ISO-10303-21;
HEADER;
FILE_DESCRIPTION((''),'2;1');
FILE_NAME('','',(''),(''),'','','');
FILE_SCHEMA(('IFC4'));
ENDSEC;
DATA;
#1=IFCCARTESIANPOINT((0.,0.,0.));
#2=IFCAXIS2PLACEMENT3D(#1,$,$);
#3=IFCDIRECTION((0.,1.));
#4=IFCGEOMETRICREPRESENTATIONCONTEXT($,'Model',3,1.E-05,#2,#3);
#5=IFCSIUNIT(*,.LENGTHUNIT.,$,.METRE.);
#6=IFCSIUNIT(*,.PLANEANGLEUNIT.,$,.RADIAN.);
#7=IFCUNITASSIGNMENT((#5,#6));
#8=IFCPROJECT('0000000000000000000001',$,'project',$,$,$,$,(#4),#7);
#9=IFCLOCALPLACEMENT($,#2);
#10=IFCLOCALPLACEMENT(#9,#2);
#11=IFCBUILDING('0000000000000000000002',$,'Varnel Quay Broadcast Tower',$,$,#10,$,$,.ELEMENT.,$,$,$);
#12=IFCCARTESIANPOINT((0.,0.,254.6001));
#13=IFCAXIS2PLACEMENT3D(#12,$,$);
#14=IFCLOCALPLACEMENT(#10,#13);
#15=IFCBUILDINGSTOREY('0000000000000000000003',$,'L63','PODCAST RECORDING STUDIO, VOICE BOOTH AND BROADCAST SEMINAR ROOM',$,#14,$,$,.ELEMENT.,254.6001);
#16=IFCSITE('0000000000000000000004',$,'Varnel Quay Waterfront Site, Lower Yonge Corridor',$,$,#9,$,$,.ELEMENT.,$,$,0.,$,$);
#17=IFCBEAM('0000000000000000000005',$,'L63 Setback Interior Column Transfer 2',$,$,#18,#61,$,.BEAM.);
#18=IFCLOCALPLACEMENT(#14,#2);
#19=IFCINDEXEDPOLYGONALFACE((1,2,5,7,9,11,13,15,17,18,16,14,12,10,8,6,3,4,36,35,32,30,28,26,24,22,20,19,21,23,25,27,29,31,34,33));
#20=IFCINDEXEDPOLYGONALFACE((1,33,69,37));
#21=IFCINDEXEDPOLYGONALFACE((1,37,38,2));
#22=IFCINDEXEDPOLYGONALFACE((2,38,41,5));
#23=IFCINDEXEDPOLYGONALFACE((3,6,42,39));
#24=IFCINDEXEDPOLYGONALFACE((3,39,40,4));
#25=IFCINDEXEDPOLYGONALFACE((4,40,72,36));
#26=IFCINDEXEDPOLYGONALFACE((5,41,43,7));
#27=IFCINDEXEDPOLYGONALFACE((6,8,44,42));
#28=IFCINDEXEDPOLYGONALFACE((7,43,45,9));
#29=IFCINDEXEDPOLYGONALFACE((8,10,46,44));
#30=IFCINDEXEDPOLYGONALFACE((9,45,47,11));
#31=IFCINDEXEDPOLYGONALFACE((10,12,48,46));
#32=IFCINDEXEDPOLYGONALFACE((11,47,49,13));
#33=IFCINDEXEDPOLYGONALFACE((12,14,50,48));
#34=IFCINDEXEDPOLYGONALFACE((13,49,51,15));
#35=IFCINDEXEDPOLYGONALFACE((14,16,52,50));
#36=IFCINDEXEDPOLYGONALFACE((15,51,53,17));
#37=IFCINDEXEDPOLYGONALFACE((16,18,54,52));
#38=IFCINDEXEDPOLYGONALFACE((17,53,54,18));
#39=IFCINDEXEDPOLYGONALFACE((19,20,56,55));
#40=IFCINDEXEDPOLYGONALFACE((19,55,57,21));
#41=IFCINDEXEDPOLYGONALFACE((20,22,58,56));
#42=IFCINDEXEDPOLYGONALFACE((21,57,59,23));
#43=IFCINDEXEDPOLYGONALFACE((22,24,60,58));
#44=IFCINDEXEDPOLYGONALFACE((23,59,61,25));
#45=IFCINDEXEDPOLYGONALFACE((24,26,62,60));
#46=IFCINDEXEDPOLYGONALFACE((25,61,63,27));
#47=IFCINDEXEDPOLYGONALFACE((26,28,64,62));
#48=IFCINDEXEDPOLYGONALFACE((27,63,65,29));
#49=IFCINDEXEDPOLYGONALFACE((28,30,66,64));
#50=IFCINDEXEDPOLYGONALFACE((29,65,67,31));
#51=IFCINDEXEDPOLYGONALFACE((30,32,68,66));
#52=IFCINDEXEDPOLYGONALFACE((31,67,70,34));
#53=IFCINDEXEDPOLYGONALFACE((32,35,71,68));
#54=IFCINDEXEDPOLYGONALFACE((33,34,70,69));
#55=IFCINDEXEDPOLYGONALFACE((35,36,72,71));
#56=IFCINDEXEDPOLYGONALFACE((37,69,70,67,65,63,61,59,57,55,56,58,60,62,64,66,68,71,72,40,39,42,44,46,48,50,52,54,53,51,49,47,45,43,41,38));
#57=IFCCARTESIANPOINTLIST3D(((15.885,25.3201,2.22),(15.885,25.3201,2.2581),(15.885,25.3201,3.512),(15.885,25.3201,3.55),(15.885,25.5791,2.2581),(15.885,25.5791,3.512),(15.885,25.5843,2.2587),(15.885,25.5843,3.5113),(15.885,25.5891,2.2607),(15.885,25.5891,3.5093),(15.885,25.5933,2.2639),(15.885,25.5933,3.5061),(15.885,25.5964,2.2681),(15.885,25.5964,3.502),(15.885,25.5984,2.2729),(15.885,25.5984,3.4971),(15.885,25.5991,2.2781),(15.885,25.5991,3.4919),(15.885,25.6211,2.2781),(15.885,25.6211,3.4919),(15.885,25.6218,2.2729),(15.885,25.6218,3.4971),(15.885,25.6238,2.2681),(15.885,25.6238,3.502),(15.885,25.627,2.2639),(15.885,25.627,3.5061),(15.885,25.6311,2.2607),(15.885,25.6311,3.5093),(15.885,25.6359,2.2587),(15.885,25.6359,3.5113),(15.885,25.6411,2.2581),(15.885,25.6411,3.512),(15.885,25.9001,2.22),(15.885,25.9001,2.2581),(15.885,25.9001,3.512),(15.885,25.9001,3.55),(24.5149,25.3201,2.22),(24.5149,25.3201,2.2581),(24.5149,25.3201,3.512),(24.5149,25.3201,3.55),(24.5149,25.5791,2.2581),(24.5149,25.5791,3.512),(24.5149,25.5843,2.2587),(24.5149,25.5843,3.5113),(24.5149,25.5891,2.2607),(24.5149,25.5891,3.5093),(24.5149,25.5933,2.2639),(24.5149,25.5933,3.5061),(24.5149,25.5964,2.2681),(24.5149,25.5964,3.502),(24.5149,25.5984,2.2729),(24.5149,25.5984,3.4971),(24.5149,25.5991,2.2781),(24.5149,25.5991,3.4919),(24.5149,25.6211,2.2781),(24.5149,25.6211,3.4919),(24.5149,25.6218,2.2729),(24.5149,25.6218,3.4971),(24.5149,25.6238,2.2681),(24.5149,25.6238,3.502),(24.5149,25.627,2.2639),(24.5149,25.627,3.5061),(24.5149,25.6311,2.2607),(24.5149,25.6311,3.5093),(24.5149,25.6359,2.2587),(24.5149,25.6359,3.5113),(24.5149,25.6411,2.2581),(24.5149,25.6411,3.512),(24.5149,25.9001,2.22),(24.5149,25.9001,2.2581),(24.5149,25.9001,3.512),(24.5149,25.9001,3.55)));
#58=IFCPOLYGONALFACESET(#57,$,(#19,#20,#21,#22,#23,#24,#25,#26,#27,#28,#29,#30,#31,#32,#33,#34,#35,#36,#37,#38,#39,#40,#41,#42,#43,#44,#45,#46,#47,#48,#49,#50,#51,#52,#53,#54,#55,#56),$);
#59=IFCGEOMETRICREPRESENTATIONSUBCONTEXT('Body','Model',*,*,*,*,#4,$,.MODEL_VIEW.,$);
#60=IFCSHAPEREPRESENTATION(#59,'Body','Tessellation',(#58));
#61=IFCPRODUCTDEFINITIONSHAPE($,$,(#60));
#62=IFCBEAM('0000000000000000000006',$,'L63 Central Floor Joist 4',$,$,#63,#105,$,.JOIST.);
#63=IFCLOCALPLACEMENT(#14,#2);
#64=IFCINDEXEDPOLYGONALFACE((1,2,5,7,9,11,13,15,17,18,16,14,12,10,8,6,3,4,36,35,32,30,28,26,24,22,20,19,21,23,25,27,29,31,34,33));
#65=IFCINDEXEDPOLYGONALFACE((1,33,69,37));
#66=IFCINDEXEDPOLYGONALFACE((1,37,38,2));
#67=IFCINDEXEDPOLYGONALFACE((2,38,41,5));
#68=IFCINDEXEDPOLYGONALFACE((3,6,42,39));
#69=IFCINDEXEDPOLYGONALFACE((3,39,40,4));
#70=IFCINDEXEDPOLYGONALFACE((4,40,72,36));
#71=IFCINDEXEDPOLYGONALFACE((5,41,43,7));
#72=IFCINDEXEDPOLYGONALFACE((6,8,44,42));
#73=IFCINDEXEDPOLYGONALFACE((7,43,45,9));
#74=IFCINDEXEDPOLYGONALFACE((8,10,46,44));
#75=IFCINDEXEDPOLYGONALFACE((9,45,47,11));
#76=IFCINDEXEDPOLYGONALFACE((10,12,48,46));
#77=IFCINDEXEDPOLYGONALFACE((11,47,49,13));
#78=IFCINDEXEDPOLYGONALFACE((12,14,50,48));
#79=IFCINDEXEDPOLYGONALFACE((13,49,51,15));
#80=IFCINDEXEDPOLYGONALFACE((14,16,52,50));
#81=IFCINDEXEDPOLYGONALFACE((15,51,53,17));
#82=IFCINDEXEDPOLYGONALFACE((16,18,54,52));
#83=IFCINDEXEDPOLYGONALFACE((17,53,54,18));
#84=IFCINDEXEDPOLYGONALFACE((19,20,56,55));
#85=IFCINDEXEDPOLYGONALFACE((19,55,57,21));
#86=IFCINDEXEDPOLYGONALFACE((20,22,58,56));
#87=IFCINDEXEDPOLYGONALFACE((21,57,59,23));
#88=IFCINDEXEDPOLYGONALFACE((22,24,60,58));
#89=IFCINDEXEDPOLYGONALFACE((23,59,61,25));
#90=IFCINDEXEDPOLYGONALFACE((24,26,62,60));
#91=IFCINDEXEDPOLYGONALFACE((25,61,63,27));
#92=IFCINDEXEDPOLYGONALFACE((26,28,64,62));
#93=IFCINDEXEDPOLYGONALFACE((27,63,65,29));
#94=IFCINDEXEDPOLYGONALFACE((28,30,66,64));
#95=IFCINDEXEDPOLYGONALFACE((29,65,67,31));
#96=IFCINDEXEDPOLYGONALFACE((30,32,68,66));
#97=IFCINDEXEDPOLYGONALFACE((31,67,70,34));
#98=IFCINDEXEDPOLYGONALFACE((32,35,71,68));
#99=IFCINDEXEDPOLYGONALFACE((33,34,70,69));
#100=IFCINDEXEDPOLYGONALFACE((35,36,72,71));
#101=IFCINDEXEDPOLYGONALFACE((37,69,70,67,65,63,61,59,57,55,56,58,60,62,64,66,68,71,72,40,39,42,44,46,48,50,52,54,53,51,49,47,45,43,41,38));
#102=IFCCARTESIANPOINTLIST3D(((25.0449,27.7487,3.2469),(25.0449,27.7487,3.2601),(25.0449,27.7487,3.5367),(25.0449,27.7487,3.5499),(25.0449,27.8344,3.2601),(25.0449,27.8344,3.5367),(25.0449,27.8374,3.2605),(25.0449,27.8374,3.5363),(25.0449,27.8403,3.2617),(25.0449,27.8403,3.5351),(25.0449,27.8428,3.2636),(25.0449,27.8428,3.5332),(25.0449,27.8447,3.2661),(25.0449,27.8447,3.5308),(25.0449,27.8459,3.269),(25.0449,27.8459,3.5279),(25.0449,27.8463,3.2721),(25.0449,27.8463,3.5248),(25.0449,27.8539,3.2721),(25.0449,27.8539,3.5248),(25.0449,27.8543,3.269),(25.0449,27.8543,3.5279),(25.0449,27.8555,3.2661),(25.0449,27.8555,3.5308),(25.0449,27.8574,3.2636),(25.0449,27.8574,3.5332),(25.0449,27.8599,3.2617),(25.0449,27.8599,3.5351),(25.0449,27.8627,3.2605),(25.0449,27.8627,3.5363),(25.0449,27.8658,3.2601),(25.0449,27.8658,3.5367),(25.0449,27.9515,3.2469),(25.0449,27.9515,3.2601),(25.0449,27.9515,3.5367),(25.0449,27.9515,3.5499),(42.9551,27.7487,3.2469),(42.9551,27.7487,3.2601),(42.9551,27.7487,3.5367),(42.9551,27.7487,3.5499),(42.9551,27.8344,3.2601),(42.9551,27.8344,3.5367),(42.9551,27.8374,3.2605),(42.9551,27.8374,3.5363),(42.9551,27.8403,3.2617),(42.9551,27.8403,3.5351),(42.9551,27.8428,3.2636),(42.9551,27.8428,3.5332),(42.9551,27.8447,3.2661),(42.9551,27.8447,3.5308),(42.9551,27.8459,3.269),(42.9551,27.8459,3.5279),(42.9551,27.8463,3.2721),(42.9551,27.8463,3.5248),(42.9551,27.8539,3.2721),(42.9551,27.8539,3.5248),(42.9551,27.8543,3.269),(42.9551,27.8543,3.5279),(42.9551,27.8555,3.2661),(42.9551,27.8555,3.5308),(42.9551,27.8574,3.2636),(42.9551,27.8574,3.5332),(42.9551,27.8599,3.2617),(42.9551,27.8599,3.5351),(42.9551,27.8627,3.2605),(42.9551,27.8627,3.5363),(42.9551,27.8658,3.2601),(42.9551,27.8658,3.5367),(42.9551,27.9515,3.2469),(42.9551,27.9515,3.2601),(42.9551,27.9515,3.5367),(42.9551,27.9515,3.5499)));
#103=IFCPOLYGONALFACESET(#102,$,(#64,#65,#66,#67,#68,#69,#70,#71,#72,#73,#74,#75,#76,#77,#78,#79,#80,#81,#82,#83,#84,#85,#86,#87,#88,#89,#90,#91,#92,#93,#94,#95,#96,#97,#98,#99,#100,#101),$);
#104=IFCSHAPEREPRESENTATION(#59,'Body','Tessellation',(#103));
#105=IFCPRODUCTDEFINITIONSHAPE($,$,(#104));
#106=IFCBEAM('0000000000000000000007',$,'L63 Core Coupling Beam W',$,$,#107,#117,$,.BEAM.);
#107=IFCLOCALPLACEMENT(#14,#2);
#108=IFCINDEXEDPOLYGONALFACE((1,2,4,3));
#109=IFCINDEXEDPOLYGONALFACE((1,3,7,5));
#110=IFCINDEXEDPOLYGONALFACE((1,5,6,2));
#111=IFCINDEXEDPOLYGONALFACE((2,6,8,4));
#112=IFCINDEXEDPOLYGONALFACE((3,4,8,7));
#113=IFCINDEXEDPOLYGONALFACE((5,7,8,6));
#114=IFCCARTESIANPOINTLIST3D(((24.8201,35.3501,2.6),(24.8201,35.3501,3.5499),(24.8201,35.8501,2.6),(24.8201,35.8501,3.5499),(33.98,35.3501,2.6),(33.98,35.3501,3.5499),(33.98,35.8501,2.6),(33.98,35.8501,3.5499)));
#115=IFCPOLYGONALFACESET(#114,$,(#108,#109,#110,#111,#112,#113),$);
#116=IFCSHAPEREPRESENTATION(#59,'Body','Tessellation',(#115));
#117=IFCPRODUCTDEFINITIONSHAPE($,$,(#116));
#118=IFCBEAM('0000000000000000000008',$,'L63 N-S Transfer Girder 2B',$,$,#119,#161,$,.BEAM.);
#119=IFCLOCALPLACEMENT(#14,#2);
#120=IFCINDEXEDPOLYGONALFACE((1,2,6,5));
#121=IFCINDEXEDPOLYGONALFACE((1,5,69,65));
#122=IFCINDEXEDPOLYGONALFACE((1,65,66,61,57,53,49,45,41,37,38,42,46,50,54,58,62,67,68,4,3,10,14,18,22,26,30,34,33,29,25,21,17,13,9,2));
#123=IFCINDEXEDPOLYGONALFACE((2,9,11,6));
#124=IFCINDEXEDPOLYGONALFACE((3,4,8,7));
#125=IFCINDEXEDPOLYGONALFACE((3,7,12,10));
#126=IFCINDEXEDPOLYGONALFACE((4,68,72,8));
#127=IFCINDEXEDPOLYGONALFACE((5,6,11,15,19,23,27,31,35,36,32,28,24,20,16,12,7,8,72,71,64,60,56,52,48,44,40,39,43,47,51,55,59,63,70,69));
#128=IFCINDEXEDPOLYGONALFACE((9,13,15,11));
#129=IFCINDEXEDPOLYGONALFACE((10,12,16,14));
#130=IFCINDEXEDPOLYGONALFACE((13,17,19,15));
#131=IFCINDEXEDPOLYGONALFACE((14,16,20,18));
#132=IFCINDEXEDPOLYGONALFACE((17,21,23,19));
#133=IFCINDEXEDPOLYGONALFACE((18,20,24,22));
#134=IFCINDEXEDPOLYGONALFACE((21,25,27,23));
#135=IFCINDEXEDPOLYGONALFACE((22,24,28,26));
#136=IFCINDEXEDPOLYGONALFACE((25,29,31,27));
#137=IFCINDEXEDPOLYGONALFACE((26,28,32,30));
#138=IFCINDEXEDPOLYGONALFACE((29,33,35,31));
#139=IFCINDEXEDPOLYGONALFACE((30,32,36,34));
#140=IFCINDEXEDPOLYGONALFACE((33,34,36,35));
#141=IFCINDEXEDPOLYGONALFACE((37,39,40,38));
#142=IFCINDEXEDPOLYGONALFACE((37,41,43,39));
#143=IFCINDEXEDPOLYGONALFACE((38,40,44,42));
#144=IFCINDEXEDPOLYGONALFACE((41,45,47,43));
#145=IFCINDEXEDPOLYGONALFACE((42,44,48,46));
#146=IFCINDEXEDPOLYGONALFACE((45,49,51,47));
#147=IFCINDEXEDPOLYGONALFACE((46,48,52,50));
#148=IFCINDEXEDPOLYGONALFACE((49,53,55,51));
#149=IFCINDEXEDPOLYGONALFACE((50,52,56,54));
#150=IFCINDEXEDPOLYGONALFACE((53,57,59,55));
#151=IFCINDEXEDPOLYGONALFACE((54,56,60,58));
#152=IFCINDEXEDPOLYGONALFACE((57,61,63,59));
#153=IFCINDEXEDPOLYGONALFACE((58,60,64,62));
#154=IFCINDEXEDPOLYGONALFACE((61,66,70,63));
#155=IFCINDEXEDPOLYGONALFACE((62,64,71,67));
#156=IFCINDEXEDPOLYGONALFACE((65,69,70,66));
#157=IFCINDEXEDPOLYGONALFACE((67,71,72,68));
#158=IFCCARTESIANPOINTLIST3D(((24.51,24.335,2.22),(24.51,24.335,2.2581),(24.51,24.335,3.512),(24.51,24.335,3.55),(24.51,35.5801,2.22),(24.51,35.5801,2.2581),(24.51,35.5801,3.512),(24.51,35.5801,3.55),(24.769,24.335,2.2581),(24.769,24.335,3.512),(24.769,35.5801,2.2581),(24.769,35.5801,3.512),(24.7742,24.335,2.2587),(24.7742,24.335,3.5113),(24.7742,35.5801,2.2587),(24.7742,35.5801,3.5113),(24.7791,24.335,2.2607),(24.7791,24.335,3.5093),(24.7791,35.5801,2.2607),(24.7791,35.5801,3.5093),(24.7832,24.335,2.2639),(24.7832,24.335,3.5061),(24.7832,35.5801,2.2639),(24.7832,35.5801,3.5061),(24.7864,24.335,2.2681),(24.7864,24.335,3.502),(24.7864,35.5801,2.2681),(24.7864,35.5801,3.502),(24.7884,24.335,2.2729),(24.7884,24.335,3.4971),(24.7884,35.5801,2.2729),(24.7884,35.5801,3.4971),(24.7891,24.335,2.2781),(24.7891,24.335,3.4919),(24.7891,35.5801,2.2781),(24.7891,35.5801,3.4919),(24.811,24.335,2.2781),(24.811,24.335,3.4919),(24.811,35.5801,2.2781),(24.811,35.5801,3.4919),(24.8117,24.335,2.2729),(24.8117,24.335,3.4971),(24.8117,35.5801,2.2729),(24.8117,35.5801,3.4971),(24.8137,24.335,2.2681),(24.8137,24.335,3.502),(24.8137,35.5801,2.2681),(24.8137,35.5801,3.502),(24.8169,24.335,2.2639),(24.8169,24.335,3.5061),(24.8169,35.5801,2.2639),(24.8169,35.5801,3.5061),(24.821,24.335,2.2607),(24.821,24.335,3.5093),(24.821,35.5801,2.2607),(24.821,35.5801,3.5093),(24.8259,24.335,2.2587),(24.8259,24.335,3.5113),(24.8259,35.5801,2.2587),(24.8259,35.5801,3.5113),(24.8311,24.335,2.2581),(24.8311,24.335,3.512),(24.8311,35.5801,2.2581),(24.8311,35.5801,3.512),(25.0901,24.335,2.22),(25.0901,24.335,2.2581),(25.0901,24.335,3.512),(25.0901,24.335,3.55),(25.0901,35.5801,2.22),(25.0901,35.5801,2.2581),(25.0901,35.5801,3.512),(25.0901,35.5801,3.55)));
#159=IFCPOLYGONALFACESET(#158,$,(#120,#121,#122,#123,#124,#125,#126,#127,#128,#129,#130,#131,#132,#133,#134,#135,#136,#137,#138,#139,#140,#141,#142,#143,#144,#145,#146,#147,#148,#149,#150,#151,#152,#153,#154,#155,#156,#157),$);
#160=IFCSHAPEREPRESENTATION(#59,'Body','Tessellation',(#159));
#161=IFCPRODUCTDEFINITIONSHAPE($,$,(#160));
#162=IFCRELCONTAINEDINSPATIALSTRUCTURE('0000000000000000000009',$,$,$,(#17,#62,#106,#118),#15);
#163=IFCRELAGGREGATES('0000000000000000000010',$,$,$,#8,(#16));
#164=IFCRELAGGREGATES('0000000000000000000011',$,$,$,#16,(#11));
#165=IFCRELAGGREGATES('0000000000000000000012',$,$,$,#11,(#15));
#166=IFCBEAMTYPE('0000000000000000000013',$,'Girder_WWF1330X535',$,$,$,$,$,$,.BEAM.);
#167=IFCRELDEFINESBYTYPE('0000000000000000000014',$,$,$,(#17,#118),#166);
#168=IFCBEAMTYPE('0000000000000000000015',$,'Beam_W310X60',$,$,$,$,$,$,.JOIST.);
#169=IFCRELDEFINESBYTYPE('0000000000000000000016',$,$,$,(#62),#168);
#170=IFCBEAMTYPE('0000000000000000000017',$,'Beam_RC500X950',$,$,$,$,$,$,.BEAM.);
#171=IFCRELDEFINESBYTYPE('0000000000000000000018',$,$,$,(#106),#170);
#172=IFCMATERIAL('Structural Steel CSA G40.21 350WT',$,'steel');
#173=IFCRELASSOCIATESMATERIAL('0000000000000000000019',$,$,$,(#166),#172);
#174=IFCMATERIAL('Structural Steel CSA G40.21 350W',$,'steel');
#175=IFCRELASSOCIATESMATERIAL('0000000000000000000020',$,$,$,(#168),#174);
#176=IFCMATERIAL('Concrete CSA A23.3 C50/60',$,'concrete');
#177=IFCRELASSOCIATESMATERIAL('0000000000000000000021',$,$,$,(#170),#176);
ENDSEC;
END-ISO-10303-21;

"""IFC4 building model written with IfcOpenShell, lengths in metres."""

from ifc_helpers import new_model, si_unit, direction, frame, origin, origin_2d, place, context, subcontext, project, spatial, rectangle, i_section, extrude, source, transform, mapped, material, material_profile, profile_set, type_object, type_shapes, element, save


model = new_model("IFC4")

# Units and contexts
model_context = context("Model", 3, precision=1e-05, world=origin(), true_north=direction((0.0, 1.0)))
body_context = subcontext(model_context, "Body", "Model", "MODEL_VIEW")
ifc_project = project(units=[si_unit("LENGTHUNIT", "METRE"), si_unit("PLANEANGLEUNIT", "RADIAN")], contexts=[model_context])

# Site, building, storey
site_placement = place(None, origin())
site = spatial("IfcSite", under=ifc_project, at=site_placement, Name="Varnel Quay Waterfront Site, Lower Yonge Corridor", CompositionType="ELEMENT", RefElevation=0.0)
building_placement = place(site_placement, origin())
building = spatial("IfcBuilding", under=site, at=building_placement, Name="Varnel Quay Broadcast Tower", CompositionType="ELEMENT")
storey_placement = place(building_placement, frame((0.0, 0.0, 254.6001)))
storey = spatial("IfcBuildingStorey", under=building, at=storey_placement, Name="L63", Description="PODCAST RECORDING STUDIO, VOICE BOOTH AND BROADCAST SEMINAR ROOM", CompositionType="ELEMENT", Elevation=254.6001)

# Shared definitions
ifc_material_1 = material(Name="Structural Steel CSA G40.21 350WT", Category="steel")
ifc_material_2 = material(Name="Structural Steel CSA G40.21 350W", Category="steel")

# Beams
ifc_material_profile_1 = material_profile(ifc_material_1, i_section(OverallWidth=0.5801, OverallDepth=1.3301, WebThickness=0.022, FlangeThickness=0.0381, FilletRadius=0.02, at=origin_2d()), Name="WWF1330X535")
ifc_profile_set_1 = profile_set([ifc_material_profile_1], Name="Structural Steel CSA G40.21 350WT")
beam_type_1 = type_object("IfcBeamType", Name="Girder_WWF1330X535", PredefinedType="BEAM", material=ifc_profile_set_1)
shared_shape_1 = source(origin(), body_context, "Body", "SweptSolid", [
    extrude(i_section(OverallWidth=0.5801, OverallDepth=1.3301, WebThickness=0.022, FlangeThickness=0.0381, FilletRadius=0.02, at=origin_2d()), origin(), (0.0, 0.0, 1.0), 8.6299),
])
beam_1_placement = place(storey_placement, frame((15.885, 25.6101, 2.885), z_axis=(1.0, 0.0, 0.0), x_axis=(0.0, 1.0, 0.0)))
element("IfcBeam", 1, at=beam_1_placement, inside=storey, type_object=beam_type_1, Name="L63 Setback Interior Column Transfer 2", PredefinedType="BEAM", context=body_context, shape_type="MappedRepresentation", body=[
    mapped(shared_shape_1, transform((0.0, 0.0, 0.0), x_axis=(1.0, 0.0, 0.0), y_axis=(0.0, 1.0, 0.0), z_axis=(0.0, 0.0, 1.0), scale=1.0)),
])
ifc_material_profile_2 = material_profile(ifc_material_2, i_section(OverallWidth=0.2029, OverallDepth=0.303, WebThickness=0.0076, FlangeThickness=0.0132, FilletRadius=0.012, at=origin_2d()), Name="W310X60")
ifc_profile_set_2 = profile_set([ifc_material_profile_2], Name="Structural Steel CSA G40.21 350W")
beam_type_2 = type_object("IfcBeamType", Name="Beam_W310X60", PredefinedType="JOIST", material=ifc_profile_set_2)
shared_shape_2 = source(origin(), body_context, "Body", "SweptSolid", [
    extrude(i_section(OverallWidth=0.2029, OverallDepth=0.303, WebThickness=0.0076, FlangeThickness=0.0132, FilletRadius=0.012, at=origin_2d()), origin(), (0.0, 0.0, 1.0), 17.9102),
])
type_shapes(beam_type_2, [shared_shape_2])
beam_2_placement = place(storey_placement, frame((25.0449, 27.8501, 3.3984), z_axis=(1.0, 0.0, 0.0), x_axis=(0.0, 1.0, 0.0)))
element("IfcBeam", 2, at=beam_2_placement, inside=storey, type_object=beam_type_2, Name="L63 Central Floor Joist 4", PredefinedType="JOIST", context=body_context, shape_type="MappedRepresentation", body=[
    mapped(shared_shape_2, transform((0.0, 0.0, 0.0), x_axis=(1.0, 0.0, 0.0), y_axis=(0.0, 1.0, 0.0), z_axis=(0.0, 0.0, 1.0), scale=1.0)),
])
ifc_material_3 = material(Name="Concrete CSA A23.3 C50/60", Category="concrete")
ifc_material_profile_3 = material_profile(ifc_material_3, rectangle(XDim=0.5, YDim=0.95, at=origin_2d()), Name="RC500X950")
ifc_profile_set_3 = profile_set([ifc_material_profile_3], Name="Concrete CSA A23.3 C50/60")
beam_type_3 = type_object("IfcBeamType", Name="Beam_RC500X950", PredefinedType="BEAM", material=ifc_profile_set_3)
shared_shape_3 = source(origin(), body_context, "Body", "SweptSolid", [
    extrude(rectangle(XDim=0.5, YDim=0.95, at=origin_2d()), origin(), (0.0, 0.0, 1.0), 9.1599),
])
type_shapes(beam_type_3, [shared_shape_3])
beam_3_placement = place(storey_placement, frame((24.8201, 35.6001, 3.075), z_axis=(1.0, 0.0, 0.0), x_axis=(0.0, 1.0, 0.0)))
element("IfcBeam", 3, at=beam_3_placement, inside=storey, type_object=beam_type_3, Name="L63 Core Coupling Beam W", PredefinedType="BEAM", context=body_context, shape_type="MappedRepresentation", body=[
    mapped(shared_shape_3, transform((0.0, 0.0, 0.0), x_axis=(1.0, 0.0, 0.0), y_axis=(0.0, 1.0, 0.0), z_axis=(0.0, 0.0, 1.0), scale=1.0)),
])
shared_shape_4 = source(origin(), body_context, "Body", "SweptSolid", [
    extrude(i_section(OverallWidth=0.5801, OverallDepth=1.3301, WebThickness=0.022, FlangeThickness=0.0381, FilletRadius=0.02, at=origin_2d()), origin(), (0.0, 0.0, 1.0), 11.2451),
])
for number, where, z_axis, x_axis, name in (
    (4, (24.8, 24.335, 2.885), (0.0, 1.0, 0.0), (-1.0, 0.0, 0.0), "L63 N-S Transfer Girder 2B"),
):
    element("IfcBeam", number, at=place(storey_placement, frame(where, z_axis=z_axis, x_axis=x_axis)), inside=storey, type_object=beam_type_1, Name=name, PredefinedType="BEAM", context=body_context, shape_type="MappedRepresentation", body=[
        mapped(shared_shape_4, transform((0.0, 0.0, 0.0), x_axis=(1.0, 0.0, 0.0), y_axis=(0.0, 1.0, 0.0), z_axis=(0.0, 0.0, 1.0), scale=1.0)),
    ])

save(model, "model.ifc")
